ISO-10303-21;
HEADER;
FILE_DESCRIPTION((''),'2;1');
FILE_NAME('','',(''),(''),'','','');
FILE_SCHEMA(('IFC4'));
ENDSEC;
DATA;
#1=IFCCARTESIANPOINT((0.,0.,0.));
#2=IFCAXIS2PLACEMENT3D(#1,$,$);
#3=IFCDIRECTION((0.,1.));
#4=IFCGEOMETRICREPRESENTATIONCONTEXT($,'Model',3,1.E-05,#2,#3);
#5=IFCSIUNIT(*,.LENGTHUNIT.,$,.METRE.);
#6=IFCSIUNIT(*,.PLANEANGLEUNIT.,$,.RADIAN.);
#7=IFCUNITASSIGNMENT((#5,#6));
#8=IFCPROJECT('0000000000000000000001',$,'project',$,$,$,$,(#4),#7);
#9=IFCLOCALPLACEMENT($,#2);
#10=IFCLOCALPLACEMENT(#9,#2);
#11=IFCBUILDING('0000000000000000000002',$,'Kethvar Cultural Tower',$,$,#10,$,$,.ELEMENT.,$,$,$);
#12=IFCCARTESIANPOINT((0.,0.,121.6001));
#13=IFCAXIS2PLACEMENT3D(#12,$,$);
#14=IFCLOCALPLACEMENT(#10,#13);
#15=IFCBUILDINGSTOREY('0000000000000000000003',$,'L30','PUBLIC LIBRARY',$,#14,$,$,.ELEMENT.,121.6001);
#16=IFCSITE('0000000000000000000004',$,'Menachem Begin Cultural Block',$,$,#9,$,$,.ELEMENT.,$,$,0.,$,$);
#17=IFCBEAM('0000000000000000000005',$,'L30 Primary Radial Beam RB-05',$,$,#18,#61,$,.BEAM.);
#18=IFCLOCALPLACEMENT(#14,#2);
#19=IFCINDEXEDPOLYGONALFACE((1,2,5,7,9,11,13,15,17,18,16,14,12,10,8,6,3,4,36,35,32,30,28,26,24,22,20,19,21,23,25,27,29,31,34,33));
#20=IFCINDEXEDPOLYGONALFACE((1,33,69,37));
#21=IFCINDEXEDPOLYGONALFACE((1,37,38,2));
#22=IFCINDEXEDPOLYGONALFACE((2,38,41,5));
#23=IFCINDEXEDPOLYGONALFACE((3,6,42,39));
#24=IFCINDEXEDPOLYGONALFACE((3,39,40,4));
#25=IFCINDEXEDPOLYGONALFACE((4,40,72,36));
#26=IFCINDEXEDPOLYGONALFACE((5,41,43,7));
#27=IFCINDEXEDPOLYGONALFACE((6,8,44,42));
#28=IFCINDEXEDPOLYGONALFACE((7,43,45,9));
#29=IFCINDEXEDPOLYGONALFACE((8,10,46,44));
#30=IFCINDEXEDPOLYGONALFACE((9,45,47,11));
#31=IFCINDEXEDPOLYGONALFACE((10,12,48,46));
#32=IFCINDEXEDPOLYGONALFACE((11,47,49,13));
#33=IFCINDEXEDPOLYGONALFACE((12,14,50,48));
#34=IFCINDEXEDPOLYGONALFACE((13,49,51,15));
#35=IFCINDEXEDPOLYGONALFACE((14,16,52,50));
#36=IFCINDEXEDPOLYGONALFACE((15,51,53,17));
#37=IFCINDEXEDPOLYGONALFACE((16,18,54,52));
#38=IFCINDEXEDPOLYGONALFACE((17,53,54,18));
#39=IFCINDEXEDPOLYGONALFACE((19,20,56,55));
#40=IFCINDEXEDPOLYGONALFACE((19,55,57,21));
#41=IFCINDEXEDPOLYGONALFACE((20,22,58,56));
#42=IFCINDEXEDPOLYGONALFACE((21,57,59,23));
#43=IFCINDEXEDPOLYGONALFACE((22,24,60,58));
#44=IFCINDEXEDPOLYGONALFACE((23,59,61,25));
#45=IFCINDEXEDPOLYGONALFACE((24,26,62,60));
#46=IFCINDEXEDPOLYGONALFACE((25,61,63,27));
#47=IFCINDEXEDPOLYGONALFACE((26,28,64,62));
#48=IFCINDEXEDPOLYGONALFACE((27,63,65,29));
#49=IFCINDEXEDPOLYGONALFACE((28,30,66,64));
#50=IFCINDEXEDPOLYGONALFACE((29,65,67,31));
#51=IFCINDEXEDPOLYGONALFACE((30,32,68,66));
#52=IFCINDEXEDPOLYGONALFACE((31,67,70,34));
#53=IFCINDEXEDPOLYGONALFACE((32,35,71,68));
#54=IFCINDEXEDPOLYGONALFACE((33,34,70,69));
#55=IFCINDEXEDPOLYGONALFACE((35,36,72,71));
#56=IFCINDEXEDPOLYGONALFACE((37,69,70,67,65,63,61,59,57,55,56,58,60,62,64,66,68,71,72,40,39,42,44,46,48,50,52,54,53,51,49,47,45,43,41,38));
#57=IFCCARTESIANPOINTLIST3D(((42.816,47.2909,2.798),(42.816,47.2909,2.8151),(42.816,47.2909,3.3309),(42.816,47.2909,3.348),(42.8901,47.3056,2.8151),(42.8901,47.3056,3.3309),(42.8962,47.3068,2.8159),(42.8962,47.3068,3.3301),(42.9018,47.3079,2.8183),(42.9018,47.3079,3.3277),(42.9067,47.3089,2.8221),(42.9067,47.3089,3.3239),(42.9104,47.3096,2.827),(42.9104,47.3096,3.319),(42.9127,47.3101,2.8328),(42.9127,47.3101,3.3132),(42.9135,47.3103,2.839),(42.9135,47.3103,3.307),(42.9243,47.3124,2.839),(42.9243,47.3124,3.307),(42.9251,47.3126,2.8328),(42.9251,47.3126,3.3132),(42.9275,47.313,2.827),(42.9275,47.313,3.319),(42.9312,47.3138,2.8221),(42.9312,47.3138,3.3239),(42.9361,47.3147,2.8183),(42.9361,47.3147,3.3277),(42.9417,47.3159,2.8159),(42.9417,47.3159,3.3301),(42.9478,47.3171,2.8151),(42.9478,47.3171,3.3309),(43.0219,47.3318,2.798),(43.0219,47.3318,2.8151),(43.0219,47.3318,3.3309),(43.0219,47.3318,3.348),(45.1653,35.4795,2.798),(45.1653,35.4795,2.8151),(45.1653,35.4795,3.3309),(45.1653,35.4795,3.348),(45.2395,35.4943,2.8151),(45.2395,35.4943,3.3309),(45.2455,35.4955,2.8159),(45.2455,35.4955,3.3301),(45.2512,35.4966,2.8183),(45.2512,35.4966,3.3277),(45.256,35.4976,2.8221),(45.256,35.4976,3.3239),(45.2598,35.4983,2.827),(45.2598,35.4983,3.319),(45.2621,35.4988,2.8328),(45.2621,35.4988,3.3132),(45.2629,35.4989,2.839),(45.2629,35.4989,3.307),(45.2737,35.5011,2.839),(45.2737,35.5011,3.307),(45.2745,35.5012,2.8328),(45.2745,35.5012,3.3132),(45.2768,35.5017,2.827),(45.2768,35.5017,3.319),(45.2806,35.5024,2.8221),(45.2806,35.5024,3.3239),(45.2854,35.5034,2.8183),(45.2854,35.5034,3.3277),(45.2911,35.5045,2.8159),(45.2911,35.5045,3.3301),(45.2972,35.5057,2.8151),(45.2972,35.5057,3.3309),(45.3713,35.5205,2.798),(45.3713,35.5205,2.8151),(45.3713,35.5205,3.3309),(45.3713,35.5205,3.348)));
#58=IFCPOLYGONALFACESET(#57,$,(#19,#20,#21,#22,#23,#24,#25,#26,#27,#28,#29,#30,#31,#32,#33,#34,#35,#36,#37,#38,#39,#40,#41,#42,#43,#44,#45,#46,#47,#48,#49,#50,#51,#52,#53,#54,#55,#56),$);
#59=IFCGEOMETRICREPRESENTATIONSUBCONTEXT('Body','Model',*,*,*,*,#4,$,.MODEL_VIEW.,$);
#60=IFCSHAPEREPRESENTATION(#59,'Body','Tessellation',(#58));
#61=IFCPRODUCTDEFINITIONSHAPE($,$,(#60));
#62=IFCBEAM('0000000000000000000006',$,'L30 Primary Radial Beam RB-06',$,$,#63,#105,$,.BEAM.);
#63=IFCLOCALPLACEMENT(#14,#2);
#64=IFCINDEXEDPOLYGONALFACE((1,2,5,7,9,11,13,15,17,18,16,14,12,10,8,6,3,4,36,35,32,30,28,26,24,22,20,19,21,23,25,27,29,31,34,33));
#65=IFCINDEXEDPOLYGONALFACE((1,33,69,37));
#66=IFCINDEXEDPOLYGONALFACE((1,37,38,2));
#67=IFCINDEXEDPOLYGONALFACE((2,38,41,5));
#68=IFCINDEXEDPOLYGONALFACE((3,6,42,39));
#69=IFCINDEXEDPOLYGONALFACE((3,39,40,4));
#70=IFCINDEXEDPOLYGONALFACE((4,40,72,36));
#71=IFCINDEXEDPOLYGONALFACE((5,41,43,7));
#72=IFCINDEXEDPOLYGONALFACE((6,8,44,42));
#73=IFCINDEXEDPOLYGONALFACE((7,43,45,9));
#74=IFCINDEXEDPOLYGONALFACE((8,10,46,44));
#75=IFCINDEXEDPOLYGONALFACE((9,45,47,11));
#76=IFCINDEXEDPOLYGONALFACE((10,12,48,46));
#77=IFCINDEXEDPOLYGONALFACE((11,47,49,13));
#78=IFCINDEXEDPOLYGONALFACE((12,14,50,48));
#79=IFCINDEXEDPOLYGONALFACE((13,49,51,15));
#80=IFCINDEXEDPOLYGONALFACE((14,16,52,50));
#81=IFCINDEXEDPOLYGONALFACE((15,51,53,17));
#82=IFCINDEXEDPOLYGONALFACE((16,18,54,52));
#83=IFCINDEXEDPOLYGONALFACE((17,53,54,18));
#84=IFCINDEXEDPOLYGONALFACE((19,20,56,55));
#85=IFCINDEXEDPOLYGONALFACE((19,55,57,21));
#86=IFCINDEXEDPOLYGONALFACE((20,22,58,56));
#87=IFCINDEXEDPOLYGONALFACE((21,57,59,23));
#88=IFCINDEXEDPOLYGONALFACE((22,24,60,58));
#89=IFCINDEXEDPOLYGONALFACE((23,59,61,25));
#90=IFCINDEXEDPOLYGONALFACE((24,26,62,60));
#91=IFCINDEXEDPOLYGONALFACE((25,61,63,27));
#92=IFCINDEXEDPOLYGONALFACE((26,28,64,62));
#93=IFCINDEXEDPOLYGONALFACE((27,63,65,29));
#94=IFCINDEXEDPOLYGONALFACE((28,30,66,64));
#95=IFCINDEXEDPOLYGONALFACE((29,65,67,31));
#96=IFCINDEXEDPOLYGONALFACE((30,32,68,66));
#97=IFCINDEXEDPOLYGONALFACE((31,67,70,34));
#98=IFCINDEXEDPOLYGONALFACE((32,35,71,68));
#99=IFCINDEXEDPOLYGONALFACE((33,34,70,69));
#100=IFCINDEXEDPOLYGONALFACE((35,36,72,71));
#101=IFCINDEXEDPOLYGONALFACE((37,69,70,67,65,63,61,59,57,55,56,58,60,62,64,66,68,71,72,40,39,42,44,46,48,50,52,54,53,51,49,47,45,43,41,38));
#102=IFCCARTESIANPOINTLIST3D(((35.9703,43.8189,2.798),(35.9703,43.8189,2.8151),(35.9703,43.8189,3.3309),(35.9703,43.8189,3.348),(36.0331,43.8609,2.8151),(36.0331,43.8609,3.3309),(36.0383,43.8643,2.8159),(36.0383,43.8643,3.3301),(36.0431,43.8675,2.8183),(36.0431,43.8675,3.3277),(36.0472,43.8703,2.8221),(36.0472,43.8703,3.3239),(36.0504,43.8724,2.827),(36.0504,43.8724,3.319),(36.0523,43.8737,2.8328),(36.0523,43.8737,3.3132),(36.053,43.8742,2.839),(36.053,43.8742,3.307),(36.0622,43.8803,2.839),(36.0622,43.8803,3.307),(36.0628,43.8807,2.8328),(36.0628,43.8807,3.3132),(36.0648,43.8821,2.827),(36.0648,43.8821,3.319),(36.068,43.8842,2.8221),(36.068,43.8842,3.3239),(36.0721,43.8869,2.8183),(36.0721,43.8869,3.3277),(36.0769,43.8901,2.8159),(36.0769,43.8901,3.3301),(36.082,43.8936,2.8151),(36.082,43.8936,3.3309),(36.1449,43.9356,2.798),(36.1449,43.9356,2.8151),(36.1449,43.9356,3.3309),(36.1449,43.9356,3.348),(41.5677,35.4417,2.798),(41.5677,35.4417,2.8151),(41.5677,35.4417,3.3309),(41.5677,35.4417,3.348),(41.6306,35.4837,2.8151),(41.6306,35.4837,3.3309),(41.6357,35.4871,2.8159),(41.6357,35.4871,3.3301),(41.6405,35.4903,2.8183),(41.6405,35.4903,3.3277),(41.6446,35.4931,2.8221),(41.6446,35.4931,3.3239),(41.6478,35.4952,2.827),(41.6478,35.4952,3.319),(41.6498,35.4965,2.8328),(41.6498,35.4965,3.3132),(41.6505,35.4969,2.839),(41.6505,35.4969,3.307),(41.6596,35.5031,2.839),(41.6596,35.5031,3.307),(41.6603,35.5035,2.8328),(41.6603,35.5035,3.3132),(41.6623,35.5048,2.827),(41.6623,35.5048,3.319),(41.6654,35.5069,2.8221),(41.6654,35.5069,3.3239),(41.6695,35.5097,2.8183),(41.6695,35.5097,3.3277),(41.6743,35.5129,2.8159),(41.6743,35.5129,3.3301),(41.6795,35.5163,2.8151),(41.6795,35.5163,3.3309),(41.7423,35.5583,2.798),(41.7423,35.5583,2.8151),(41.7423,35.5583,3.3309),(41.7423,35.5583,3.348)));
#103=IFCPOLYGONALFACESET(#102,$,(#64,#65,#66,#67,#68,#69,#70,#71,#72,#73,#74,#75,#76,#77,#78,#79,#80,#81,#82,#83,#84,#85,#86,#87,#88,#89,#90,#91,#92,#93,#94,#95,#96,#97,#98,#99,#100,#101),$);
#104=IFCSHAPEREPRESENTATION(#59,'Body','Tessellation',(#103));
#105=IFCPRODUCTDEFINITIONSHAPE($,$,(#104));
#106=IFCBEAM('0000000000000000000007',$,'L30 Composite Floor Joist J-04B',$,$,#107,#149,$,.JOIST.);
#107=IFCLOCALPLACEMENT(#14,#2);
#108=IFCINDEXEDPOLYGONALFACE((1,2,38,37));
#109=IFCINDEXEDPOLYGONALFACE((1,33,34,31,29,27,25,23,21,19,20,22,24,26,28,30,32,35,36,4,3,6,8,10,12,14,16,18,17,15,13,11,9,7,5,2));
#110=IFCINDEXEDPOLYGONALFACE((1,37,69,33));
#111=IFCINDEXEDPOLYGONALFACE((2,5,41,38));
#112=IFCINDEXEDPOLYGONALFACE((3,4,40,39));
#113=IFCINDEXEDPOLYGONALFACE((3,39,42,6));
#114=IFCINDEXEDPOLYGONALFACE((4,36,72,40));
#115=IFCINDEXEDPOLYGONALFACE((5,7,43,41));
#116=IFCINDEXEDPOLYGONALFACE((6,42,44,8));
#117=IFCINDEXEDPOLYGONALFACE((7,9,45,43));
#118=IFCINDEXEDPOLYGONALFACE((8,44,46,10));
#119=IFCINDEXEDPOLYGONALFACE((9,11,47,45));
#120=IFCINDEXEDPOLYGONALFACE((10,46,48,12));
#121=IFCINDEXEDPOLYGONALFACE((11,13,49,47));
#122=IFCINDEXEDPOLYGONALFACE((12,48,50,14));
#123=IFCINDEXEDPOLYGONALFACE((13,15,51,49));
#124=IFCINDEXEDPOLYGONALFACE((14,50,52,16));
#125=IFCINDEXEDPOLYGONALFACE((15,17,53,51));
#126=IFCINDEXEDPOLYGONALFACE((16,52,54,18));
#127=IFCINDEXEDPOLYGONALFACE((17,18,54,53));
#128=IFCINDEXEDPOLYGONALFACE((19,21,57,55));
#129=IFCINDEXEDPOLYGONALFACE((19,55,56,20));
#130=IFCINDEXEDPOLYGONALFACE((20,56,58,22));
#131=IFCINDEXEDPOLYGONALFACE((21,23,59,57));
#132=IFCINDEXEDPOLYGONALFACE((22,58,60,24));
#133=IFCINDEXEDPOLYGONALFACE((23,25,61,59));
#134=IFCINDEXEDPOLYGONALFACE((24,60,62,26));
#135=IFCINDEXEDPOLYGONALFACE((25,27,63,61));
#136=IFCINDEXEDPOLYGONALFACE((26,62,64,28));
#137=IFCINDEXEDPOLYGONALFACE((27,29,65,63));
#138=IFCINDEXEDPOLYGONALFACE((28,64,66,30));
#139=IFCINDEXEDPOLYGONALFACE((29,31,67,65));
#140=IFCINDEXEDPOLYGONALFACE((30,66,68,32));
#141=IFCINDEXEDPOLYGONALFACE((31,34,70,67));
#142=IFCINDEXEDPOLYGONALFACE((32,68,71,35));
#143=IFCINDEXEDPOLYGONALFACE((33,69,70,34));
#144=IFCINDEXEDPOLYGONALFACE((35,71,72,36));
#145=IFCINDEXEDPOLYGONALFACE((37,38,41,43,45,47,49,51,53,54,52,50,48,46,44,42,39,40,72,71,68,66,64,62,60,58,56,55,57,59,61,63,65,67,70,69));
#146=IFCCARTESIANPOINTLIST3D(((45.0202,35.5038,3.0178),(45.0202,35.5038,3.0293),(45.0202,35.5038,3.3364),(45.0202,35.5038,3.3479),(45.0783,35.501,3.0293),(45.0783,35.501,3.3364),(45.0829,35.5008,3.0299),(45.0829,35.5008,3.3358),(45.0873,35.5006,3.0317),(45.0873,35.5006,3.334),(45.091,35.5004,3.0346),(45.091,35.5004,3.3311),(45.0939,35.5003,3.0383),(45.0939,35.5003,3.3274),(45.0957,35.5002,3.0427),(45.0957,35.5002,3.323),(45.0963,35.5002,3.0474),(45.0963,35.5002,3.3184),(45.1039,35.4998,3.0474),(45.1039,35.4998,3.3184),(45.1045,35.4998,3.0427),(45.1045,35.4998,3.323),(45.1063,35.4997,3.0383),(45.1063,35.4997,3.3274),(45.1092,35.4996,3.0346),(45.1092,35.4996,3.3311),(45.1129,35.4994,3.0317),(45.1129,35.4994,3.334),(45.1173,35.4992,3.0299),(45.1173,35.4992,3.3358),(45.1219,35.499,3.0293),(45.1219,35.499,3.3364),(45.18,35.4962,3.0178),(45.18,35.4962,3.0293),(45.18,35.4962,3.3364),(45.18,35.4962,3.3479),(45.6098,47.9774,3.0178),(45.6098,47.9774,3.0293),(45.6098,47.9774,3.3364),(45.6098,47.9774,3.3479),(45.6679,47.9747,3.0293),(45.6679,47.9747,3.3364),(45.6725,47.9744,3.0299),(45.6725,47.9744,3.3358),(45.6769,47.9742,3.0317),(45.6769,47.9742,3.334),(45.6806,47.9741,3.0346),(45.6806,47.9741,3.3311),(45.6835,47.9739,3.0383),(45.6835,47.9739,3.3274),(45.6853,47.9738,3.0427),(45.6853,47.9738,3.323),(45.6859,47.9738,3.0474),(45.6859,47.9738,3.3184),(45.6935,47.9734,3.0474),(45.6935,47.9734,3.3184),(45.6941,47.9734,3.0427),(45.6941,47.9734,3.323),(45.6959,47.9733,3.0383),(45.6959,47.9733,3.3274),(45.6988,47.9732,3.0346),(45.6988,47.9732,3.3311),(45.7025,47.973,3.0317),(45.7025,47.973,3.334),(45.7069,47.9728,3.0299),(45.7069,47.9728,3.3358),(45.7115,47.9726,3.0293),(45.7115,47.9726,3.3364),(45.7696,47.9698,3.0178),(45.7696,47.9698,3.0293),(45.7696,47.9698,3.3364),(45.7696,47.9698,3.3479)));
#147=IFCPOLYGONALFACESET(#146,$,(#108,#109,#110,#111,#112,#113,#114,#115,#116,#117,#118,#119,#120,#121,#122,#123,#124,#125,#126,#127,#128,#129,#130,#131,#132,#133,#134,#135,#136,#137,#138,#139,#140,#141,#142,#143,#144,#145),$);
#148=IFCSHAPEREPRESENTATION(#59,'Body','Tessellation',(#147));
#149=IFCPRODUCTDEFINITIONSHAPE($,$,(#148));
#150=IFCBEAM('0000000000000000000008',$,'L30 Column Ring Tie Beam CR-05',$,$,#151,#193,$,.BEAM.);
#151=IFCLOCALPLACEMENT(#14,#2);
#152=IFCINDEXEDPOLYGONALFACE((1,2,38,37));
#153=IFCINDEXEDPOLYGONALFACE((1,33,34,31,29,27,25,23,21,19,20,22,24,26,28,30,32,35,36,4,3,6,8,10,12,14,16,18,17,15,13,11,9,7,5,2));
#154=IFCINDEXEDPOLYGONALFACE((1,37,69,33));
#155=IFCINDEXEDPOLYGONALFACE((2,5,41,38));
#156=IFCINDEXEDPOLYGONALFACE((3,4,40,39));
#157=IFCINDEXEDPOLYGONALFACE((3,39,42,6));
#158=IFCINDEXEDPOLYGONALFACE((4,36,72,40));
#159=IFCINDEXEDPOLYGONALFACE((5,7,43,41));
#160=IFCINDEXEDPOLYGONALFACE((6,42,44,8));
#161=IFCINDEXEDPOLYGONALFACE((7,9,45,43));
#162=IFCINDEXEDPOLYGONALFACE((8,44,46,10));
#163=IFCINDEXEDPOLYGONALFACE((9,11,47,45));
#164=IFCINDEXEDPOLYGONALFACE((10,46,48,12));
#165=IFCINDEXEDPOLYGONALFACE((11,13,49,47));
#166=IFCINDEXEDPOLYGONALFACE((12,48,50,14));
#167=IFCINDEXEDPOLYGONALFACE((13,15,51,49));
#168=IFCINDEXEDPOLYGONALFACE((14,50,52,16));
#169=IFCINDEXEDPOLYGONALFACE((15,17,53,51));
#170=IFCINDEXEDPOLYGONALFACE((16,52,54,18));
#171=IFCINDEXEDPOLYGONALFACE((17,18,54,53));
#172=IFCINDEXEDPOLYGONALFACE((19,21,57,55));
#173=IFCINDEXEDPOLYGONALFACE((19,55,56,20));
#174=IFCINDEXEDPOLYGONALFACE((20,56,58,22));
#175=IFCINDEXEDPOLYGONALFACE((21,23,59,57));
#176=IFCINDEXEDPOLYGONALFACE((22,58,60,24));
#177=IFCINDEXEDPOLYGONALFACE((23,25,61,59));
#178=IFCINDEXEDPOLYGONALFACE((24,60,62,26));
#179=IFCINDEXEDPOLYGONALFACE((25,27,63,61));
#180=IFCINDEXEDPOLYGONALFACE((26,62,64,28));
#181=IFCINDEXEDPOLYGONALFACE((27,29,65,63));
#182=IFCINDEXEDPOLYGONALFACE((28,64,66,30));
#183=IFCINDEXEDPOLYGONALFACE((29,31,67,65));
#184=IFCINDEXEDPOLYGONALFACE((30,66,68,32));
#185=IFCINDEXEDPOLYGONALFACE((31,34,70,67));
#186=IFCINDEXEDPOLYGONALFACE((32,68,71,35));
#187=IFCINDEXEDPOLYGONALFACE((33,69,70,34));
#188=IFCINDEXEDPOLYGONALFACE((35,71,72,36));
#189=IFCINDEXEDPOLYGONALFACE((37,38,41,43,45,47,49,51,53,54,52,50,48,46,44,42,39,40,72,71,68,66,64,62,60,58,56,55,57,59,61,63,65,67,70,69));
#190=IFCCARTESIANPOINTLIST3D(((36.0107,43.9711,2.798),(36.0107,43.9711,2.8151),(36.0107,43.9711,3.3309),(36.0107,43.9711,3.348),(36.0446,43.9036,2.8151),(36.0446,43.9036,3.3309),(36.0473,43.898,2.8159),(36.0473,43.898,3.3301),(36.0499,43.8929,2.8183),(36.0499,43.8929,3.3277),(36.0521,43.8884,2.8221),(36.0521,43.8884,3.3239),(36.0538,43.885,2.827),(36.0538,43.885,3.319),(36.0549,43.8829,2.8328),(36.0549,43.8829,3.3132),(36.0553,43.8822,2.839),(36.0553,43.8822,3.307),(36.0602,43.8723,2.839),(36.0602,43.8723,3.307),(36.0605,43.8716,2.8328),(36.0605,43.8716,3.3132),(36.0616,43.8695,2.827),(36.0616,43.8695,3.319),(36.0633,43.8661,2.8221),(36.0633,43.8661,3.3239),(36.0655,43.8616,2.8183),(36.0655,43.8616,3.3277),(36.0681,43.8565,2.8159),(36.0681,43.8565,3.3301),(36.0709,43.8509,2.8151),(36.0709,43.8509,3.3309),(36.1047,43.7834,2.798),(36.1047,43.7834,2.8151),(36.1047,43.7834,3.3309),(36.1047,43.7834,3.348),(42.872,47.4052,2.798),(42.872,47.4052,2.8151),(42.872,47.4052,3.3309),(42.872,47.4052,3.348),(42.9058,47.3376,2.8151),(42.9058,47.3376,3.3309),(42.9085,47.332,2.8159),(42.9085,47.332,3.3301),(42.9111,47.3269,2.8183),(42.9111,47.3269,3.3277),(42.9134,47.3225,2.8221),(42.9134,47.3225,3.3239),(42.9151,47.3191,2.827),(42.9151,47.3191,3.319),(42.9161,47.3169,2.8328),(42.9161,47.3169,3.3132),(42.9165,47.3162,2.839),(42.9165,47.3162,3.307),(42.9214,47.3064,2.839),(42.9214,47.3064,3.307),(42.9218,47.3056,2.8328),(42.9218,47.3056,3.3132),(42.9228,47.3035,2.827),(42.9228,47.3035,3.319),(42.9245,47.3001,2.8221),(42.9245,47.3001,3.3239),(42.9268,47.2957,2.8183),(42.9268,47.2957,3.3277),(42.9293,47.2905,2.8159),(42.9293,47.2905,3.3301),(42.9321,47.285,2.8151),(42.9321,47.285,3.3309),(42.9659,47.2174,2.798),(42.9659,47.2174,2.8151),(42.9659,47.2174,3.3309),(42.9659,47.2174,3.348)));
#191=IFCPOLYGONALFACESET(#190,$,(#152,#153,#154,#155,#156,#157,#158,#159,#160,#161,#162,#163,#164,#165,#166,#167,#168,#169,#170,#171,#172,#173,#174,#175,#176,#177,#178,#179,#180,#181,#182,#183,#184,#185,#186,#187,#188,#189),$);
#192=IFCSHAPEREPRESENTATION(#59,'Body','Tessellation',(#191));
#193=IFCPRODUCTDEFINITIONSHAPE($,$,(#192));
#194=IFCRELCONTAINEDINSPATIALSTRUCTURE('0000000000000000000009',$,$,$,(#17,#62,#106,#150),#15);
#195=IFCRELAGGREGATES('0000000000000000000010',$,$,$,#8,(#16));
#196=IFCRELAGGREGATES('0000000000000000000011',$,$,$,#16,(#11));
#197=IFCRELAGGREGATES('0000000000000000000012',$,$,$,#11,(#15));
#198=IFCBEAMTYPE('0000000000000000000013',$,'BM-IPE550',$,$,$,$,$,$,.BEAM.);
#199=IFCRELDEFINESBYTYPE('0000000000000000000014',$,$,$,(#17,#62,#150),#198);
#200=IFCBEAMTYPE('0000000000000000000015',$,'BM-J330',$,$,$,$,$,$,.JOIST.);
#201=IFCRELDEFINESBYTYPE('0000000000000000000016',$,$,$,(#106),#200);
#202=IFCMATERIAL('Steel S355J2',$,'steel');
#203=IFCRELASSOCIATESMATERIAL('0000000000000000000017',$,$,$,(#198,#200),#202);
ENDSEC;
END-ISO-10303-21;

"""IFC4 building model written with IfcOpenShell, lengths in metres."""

from ifc_helpers import new_model, si_unit, direction, frame, origin, origin_2d, place, context, subcontext, project, spatial, i_section, extrude, source, transform, mapped, material, material_profile, profile_set, type_object, element, save


model = new_model("IFC4")

# Units and contexts
model_context = context("Model", 3, precision=1e-05, world=origin(), true_north=direction((0.0, 1.0)))
body_context = subcontext(model_context, "Body", "Model", "MODEL_VIEW")
ifc_project = project(units=[si_unit("LENGTHUNIT", "METRE"), si_unit("PLANEANGLEUNIT", "RADIAN")], contexts=[model_context])

# Site, building, storey
site_placement = place(None, origin())
site = spatial("IfcSite", under=ifc_project, at=site_placement, Name="Menachem Begin Cultural Block", CompositionType="ELEMENT", RefElevation=0.0)
building_placement = place(site_placement, origin())
building = spatial("IfcBuilding", under=site, at=building_placement, Name="Kethvar Cultural Tower", CompositionType="ELEMENT")
storey_placement = place(building_placement, frame((0.0, 0.0, 121.6001)))
storey = spatial("IfcBuildingStorey", under=building, at=storey_placement, Name="L30", Description="PUBLIC LIBRARY", CompositionType="ELEMENT", Elevation=121.6001)

# Beams
ifc_material_1 = material(Name="Steel S355J2", Category="steel")
ifc_material_profile_1 = material_profile(ifc_material_1, i_section(OverallWidth=0.21, OverallDepth=0.55, WebThickness=0.011, FlangeThickness=0.0171, FilletRadius=0.0239, at=origin_2d()), Name="Steel S355J2 — IPE550")
ifc_profile_set_1 = profile_set([ifc_material_profile_1], Name="Steel S355J2 — IPE550")
beam_type_1 = type_object("IfcBeamType", Name="BM-IPE550", PredefinedType="BEAM", material=ifc_profile_set_1)
shared_shape_1 = source(origin(), body_context, "Body", "SweptSolid", [
    extrude(i_section(OverallWidth=0.21, OverallDepth=0.55, WebThickness=0.011, FlangeThickness=0.0171, FilletRadius=0.0239, at=origin_2d()), origin(), (0.0, 0.0, 1.0), 12.0427),
])
beam_1_placement = place(storey_placement, frame((45.2683, 35.5, 3.073), z_axis=(-0.195087, 0.980786, 0.0), x_axis=(-0.980786, -0.195087, 0.0)))
element("IfcBeam", 1, at=beam_1_placement, inside=storey, type_object=beam_type_1, Name="L30 Primary Radial Beam RB-05", PredefinedType="BEAM", context=body_context, shape_type="MappedRepresentation", body=[
    mapped(shared_shape_1, transform((0.0, 0.0, 0.0), scale=1.0)),
])
shared_shape_2 = source(origin(), body_context, "Body", "SweptSolid", [
    extrude(i_section(OverallWidth=0.21, OverallDepth=0.55, WebThickness=0.011, FlangeThickness=0.0171, FilletRadius=0.0239, at=origin_2d()), origin(), (0.0, 0.0, 1.0), 10.0752),
])
beam_2_placement = place(storey_placement, frame((41.655, 35.5, 3.073), z_axis=(-0.555567, 0.831472, 0.0), x_axis=(-0.831472, -0.555567, 0.0)))
element("IfcBeam", 2, at=beam_2_placement, inside=storey, type_object=beam_type_1, Name="L30 Primary Radial Beam RB-06", PredefinedType="BEAM", context=body_context, shape_type="MappedRepresentation", body=[
    mapped(shared_shape_2, transform((0.0, 0.0, 0.0), scale=1.0)),
])
ifc_material_profile_2 = material_profile(ifc_material_1, i_section(OverallWidth=0.1599, OverallDepth=0.3301, WebThickness=0.0076, FlangeThickness=0.0115, FilletRadius=0.0181, at=origin_2d()), Name="Steel S355J2 — IPE330")
ifc_profile_set_2 = profile_set([ifc_material_profile_2], Name="Steel S355J2 — IPE330")
beam_type_2 = type_object("IfcBeamType", Name="BM-J330", PredefinedType="JOIST", material=ifc_profile_set_2)
shared_shape_3 = source(origin(), body_context, "Body", "SweptSolid", [
    extrude(i_section(OverallWidth=0.1599, OverallDepth=0.3301, WebThickness=0.0076, FlangeThickness=0.0115, FilletRadius=0.0181, at=origin_2d()), origin(), (0.0, 0.0, 1.0), 12.4875),
])
beam_3_placement = place(storey_placement, frame((45.1001, 35.5, 3.1829), z_axis=(0.047215, 0.998885, 0.0), x_axis=(-0.998885, 0.047215, 0.0)))
element("IfcBeam", 3, at=beam_3_placement, inside=storey, type_object=beam_type_2, Name="L30 Composite Floor Joist J-04B", PredefinedType="JOIST", context=body_context, shape_type="MappedRepresentation", body=[
    mapped(shared_shape_3, transform((0.0, 0.0, 0.0), scale=1.0)),
])
shared_shape_4 = source(origin(), body_context, "Body", "SweptSolid", [
    extrude(i_section(OverallWidth=0.21, OverallDepth=0.55, WebThickness=0.011, FlangeThickness=0.0171, FilletRadius=0.0239, at=origin_2d()), origin(), (0.0, 0.0, 1.0), 7.6726),
])
beam_4_placement = place(storey_placement, frame((42.9189, 47.3113, 3.073), z_axis=(-0.894249, -0.44757, 0.0), x_axis=(0.44757, -0.894249, 0.0)))
element("IfcBeam", 4, at=beam_4_placement, inside=storey, type_object=beam_type_1, Name="L30 Column Ring Tie Beam CR-05", PredefinedType="BEAM", context=body_context, shape_type="MappedRepresentation", body=[
    mapped(shared_shape_4, transform((0.0, 0.0, 0.0), scale=1.0)),
])

save(model, "model.ifc")
